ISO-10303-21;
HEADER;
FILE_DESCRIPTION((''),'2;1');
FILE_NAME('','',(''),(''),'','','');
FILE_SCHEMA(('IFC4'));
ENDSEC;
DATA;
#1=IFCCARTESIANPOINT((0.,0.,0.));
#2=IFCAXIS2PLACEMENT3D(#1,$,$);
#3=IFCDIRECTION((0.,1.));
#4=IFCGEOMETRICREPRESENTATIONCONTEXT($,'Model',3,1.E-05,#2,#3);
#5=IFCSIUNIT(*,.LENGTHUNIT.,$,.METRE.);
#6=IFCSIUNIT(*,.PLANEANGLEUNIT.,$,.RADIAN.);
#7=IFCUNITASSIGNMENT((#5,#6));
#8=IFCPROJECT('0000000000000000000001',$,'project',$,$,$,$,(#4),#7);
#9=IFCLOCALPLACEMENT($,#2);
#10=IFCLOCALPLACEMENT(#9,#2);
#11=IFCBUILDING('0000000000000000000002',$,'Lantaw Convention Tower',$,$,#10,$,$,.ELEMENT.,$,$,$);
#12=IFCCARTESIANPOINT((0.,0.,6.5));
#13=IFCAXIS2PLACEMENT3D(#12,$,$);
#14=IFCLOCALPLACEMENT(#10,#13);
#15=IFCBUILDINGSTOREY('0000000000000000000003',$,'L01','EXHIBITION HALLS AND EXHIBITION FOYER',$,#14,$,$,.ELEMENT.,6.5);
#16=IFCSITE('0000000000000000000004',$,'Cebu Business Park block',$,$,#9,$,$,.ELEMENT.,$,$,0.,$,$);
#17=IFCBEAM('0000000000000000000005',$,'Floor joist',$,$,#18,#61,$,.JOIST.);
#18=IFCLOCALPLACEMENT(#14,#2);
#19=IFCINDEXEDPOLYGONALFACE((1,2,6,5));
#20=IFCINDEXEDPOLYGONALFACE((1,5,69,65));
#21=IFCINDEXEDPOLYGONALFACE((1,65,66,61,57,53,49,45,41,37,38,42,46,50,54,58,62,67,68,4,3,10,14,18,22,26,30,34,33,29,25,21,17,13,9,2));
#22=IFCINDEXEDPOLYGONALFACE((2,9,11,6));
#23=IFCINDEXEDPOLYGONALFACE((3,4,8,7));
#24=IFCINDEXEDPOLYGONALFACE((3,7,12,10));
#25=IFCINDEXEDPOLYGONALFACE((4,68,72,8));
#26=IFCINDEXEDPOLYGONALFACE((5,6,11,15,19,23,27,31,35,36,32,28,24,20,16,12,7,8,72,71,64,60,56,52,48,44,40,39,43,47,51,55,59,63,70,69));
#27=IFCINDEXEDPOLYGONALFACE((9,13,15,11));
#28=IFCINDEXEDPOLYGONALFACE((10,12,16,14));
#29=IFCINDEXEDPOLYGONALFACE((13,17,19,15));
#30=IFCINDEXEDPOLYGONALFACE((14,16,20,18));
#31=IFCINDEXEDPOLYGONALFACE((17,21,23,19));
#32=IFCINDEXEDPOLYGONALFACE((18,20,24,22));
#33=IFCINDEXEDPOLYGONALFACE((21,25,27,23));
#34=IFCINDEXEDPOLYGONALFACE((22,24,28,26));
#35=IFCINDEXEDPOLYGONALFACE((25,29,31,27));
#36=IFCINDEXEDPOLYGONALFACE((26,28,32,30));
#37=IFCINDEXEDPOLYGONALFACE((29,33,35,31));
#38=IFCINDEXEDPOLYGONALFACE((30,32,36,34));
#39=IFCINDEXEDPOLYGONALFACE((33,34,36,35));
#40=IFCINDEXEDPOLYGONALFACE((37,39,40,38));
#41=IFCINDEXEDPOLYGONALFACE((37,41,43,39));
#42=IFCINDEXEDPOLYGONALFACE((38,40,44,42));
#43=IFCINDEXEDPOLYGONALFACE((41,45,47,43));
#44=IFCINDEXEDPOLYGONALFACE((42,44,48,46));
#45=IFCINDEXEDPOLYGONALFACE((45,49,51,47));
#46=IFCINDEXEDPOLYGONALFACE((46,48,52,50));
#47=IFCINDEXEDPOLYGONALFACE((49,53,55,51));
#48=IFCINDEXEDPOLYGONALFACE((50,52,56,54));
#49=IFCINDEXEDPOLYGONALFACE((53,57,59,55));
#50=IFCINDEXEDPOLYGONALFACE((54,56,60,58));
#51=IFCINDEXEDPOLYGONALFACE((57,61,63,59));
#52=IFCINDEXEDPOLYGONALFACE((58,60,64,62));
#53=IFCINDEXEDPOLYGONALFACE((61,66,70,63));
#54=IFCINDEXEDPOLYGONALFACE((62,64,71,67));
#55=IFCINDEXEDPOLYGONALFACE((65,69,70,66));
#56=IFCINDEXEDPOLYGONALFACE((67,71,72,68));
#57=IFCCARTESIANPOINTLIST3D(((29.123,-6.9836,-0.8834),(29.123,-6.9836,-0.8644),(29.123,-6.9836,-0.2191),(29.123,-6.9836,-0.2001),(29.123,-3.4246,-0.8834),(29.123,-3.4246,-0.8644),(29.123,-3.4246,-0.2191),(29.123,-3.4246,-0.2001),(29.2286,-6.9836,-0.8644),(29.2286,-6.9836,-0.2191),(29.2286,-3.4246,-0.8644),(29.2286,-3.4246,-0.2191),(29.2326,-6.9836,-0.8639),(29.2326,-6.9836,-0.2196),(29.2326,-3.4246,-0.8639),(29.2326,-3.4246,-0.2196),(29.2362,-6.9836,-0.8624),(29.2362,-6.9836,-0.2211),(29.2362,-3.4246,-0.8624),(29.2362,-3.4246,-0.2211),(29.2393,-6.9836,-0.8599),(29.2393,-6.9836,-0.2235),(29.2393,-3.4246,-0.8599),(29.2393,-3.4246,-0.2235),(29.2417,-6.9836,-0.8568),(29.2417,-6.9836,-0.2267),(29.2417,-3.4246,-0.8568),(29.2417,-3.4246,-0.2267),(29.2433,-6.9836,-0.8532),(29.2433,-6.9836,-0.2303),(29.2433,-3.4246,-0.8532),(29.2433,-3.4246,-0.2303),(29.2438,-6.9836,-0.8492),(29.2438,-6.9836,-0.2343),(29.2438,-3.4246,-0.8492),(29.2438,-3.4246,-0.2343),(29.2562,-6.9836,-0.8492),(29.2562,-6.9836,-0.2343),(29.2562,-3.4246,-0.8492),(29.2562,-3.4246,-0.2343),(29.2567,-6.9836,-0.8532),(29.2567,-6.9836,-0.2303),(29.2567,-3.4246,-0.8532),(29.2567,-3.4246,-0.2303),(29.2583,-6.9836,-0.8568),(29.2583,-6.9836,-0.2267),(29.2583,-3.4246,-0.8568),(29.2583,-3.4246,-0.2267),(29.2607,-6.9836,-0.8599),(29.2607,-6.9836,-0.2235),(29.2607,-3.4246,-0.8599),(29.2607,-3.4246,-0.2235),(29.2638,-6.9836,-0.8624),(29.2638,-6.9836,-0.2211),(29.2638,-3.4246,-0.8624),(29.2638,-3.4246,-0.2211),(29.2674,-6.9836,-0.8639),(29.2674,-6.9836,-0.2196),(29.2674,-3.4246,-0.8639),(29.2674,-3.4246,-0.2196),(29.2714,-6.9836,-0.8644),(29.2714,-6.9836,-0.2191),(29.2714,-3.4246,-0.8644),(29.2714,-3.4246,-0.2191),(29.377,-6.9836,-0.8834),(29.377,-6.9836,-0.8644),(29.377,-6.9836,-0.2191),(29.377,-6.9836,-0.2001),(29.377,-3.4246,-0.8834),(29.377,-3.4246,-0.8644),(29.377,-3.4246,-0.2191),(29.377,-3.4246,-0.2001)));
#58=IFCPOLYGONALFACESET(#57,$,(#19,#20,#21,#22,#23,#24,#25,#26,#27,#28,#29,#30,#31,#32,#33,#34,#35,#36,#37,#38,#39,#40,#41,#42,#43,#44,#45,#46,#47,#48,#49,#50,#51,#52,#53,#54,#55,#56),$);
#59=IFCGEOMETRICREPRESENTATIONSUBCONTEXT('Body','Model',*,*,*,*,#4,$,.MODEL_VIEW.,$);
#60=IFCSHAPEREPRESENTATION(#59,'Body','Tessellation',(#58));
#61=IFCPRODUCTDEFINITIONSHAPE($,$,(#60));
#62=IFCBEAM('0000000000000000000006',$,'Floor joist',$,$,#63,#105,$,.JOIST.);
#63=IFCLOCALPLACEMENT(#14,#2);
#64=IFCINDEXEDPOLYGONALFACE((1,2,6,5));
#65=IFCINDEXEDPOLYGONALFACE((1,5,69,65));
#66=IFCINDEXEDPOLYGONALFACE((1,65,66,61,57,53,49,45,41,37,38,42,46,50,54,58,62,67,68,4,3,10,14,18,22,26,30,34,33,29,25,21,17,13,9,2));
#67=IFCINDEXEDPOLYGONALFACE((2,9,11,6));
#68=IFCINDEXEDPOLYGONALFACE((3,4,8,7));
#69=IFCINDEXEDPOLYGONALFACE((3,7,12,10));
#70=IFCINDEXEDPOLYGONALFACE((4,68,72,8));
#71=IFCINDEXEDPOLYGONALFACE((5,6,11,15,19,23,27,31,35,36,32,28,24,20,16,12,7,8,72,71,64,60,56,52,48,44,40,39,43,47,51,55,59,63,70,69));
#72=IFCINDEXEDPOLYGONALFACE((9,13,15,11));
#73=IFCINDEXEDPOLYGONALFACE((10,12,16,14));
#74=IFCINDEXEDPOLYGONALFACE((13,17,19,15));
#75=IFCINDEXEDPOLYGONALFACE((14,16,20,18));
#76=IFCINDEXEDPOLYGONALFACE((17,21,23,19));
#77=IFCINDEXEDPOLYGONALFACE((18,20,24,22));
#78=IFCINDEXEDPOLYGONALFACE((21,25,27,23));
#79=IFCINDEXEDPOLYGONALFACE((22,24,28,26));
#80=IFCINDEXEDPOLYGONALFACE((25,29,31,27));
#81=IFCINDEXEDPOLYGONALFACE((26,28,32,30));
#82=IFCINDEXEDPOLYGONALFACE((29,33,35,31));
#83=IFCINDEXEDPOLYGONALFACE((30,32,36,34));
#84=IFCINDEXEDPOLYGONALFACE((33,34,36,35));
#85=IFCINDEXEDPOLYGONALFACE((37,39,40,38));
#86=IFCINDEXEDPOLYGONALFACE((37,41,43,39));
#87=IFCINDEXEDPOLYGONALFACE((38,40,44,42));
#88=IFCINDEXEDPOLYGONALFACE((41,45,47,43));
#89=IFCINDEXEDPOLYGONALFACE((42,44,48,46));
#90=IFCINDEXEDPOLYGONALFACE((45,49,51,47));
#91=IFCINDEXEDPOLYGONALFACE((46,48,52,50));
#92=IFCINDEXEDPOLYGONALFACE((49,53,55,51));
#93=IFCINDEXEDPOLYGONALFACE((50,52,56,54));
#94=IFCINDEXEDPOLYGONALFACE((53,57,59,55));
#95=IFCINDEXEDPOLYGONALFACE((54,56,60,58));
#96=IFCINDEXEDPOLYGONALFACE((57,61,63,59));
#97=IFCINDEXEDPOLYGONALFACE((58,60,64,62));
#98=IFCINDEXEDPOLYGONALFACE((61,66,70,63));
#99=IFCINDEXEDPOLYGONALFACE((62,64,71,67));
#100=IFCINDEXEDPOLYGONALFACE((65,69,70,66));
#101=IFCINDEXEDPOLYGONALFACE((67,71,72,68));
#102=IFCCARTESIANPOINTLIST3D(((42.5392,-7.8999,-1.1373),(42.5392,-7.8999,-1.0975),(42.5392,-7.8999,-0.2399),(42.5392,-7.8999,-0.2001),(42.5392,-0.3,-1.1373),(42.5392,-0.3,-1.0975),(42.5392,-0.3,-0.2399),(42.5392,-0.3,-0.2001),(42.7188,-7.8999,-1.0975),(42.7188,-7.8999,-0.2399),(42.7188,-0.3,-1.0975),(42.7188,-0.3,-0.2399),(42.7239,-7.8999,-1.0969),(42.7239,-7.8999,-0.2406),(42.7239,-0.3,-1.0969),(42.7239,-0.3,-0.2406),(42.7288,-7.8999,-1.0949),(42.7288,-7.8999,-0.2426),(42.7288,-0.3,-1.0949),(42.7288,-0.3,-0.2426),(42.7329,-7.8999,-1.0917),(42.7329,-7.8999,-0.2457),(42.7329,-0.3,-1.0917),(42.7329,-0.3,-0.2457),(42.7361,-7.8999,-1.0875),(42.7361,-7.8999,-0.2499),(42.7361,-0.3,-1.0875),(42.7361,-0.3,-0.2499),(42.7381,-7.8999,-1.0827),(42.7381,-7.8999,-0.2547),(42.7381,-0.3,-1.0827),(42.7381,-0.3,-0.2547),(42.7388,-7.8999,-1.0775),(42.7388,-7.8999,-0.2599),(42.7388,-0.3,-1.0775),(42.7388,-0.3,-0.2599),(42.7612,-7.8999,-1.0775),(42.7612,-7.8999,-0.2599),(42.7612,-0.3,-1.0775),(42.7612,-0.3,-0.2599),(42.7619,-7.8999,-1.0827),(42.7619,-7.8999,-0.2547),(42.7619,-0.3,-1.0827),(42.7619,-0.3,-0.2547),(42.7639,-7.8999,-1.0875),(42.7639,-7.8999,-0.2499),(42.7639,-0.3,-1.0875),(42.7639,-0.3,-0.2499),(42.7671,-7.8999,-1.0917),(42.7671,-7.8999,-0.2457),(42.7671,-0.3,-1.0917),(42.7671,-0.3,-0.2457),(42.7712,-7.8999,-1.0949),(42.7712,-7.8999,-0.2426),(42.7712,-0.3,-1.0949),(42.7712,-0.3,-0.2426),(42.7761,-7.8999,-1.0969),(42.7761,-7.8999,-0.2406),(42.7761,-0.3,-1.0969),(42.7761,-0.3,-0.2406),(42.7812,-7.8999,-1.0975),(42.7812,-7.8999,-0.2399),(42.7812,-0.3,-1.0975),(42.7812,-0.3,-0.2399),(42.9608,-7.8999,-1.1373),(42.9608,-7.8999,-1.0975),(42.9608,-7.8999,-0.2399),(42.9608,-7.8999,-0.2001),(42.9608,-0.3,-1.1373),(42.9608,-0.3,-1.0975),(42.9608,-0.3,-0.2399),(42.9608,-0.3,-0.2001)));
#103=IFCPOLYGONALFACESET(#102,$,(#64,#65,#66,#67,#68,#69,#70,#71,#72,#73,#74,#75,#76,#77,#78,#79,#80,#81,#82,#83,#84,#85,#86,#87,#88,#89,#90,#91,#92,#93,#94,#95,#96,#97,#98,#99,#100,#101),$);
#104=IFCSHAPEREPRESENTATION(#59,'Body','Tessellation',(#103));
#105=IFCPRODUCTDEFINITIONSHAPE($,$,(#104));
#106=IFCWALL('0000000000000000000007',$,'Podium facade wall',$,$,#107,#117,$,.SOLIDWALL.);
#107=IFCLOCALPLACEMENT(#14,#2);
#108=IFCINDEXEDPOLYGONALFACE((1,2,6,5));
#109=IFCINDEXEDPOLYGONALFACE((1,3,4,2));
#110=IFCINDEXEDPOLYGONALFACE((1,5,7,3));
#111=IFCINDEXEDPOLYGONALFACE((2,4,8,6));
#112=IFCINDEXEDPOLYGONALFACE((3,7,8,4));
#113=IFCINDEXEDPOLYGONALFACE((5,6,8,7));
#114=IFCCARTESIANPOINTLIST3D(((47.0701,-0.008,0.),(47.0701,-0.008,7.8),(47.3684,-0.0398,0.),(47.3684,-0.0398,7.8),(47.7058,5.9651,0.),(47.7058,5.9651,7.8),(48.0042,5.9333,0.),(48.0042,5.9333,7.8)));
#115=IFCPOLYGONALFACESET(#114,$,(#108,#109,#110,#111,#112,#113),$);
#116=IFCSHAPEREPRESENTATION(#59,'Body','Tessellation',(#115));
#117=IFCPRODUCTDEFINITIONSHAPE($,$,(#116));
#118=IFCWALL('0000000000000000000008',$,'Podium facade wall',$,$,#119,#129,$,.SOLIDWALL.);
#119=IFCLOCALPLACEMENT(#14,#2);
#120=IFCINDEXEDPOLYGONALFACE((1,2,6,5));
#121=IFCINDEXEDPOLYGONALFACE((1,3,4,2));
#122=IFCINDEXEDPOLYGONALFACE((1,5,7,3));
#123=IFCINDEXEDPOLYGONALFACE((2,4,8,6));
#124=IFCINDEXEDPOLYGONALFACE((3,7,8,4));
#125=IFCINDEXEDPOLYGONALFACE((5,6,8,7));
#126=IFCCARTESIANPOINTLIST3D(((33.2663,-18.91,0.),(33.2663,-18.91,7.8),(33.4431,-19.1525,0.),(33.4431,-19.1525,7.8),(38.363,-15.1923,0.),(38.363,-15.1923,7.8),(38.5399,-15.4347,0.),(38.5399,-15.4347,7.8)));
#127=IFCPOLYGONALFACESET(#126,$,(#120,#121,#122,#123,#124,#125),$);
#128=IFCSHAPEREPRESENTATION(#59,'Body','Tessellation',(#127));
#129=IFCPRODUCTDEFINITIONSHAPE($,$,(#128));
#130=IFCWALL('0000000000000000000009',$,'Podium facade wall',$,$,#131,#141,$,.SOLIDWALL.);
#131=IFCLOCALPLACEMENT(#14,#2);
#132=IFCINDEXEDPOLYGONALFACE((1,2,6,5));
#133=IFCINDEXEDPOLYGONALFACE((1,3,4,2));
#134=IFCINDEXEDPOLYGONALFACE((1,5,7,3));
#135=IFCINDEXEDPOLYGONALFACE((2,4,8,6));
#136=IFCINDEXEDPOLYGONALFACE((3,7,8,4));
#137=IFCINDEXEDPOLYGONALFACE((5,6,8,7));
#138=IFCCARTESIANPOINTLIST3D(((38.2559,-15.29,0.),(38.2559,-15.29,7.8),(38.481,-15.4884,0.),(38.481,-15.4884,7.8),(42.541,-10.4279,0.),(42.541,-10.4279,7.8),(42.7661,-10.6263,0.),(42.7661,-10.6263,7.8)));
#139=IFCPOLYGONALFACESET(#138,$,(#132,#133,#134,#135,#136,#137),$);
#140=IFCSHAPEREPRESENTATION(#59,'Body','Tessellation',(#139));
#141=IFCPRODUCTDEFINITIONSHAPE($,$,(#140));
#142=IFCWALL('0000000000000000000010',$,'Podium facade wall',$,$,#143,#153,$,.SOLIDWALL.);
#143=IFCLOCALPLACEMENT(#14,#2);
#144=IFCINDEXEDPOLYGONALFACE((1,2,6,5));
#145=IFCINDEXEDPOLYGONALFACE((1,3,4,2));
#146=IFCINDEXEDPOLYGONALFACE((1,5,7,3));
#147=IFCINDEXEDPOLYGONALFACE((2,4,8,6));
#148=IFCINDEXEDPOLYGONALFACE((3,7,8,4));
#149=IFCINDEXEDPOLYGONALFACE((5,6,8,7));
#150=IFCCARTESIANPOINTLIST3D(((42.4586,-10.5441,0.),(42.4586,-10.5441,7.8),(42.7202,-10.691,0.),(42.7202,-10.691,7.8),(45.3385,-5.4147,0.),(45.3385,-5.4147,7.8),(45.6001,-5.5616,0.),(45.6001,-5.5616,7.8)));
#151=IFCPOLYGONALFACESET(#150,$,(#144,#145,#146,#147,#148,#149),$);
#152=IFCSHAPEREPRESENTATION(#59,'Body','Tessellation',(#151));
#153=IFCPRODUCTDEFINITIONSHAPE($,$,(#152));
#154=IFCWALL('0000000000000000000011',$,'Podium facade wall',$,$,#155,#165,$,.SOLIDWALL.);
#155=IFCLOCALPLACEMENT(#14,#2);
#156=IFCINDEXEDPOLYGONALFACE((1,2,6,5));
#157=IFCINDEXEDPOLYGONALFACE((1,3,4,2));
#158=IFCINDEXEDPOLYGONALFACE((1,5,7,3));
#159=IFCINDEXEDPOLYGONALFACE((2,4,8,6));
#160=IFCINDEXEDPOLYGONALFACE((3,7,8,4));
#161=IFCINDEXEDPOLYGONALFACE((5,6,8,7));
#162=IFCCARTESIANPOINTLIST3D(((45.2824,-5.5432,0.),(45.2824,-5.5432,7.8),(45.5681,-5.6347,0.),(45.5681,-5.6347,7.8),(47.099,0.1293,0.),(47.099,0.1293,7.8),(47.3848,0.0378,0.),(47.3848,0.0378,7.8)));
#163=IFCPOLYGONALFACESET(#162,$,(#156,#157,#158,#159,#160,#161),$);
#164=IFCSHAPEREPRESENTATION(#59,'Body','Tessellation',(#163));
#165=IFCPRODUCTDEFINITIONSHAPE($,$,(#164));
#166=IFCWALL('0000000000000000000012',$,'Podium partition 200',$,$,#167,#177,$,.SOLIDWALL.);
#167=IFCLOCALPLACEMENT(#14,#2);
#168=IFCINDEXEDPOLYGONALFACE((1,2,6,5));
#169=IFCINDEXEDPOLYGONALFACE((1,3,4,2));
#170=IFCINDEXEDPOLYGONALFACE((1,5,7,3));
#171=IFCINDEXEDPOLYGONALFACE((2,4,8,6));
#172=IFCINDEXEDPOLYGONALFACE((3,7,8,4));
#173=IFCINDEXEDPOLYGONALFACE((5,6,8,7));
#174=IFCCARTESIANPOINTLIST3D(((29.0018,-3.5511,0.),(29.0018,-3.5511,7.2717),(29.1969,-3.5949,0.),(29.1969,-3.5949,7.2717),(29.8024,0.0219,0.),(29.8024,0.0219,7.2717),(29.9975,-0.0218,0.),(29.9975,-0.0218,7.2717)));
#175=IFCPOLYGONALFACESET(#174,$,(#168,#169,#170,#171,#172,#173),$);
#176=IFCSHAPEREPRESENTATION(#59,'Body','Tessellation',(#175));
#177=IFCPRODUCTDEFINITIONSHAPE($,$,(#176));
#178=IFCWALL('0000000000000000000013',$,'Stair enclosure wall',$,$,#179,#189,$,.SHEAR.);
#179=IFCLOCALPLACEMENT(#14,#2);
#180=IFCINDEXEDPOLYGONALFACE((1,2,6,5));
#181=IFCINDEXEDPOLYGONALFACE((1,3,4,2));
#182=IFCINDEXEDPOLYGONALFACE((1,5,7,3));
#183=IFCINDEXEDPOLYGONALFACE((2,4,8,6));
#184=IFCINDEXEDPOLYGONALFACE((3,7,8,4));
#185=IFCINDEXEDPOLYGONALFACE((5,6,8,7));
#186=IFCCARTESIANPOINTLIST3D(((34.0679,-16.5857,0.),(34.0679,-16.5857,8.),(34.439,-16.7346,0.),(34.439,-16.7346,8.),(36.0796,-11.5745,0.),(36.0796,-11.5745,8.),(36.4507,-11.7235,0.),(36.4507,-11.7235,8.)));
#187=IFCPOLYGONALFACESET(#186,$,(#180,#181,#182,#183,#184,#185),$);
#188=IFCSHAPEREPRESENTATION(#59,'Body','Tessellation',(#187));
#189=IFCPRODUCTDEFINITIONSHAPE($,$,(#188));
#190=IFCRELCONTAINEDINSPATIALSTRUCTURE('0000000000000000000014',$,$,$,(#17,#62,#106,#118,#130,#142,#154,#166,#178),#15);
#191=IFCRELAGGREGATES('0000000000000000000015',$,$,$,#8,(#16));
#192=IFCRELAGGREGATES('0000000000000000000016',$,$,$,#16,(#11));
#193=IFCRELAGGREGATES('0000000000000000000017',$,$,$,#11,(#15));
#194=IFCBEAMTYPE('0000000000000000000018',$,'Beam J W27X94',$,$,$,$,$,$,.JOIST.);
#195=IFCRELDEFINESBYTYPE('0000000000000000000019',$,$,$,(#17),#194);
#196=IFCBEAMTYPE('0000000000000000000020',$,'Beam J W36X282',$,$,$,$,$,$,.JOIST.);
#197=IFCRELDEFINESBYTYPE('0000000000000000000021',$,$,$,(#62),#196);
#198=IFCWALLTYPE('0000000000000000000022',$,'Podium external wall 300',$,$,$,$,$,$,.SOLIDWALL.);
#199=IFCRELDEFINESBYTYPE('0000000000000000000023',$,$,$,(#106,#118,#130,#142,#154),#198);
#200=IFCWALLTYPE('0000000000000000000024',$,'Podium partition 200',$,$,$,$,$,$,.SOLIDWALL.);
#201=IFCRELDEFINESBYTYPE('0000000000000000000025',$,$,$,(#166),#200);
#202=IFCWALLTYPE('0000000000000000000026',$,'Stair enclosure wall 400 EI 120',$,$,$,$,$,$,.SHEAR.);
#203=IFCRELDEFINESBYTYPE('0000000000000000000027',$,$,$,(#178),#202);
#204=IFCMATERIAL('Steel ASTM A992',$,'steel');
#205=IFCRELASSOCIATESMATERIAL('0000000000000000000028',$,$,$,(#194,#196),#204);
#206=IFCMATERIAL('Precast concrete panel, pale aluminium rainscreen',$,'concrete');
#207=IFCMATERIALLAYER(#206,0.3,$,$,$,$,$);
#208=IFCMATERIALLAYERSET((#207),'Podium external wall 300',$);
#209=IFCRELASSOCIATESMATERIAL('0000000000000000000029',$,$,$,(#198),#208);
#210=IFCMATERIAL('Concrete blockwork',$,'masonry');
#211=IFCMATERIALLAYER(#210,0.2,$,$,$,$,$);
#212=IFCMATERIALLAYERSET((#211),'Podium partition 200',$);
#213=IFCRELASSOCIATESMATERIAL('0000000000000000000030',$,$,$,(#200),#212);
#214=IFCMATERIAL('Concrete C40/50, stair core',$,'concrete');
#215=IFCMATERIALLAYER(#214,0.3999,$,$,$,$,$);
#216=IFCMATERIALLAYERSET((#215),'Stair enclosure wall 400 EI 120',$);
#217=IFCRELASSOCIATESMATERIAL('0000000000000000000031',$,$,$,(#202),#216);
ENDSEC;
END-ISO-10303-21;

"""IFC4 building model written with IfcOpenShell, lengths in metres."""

from ifc_helpers import new_model, si_unit, direction, frame, frame_2d, origin, origin_2d, place, context, subcontext, project, spatial, rectangle, i_section, extrude, material, layer, layer_set, material_profile, profile_set, type_object, element, save


model = new_model("IFC4")

# Units and contexts
model_context = context("Model", 3, precision=1e-05, world=origin(), true_north=direction((0.0, 1.0)))
body_context = subcontext(model_context, "Body", "Model", "MODEL_VIEW")
ifc_project = project(units=[si_unit("LENGTHUNIT", "METRE"), si_unit("PLANEANGLEUNIT", "RADIAN")], contexts=[model_context])

# Site, building, storey
site_placement = place(None, origin())
site = spatial("IfcSite", under=ifc_project, at=site_placement, Name="Cebu Business Park block", CompositionType="ELEMENT", RefElevation=0.0)
building_placement = place(site_placement, origin())
building = spatial("IfcBuilding", under=site, at=building_placement, Name="Lantaw Convention Tower", CompositionType="ELEMENT")
storey_placement = place(building_placement, frame((0.0, 0.0, 6.5)))
storey = spatial("IfcBuildingStorey", under=building, at=storey_placement, Name="L01", Description="EXHIBITION HALLS AND EXHIBITION FOYER", CompositionType="ELEMENT", Elevation=6.5)

# Beams
ifc_material_1 = material(Name="Steel ASTM A992", Category="steel")
ifc_material_profile_1 = material_profile(ifc_material_1, i_section(OverallWidth=0.2539, OverallDepth=0.6833, WebThickness=0.0125, FlangeThickness=0.019, FilletRadius=0.0151, at=origin_2d()), Name="W27X94")
ifc_profile_set_1 = profile_set([ifc_material_profile_1], Name="Steel ASTM A992")
beam_type_1 = type_object("IfcBeamType", Name="Beam J W27X94", PredefinedType="JOIST", material=ifc_profile_set_1)
beam_1_placement = place(storey_placement, frame((29.25, -6.9836, -0.5417), z_axis=(0.0, 1.0, 0.0), x_axis=(-1.0, 0.0, 0.0)))
element("IfcBeam", 1, at=beam_1_placement, inside=storey, type_object=beam_type_1, Name="Floor joist", PredefinedType="JOIST", context=body_context, shape_type="SweptSolid", body=[
    extrude(i_section(OverallWidth=0.2539, OverallDepth=0.6833, WebThickness=0.0125, FlangeThickness=0.019, FilletRadius=0.0151, at=origin_2d()), origin(), (0.0, 0.0, 1.0), 3.5591),
])
ifc_material_profile_2 = material_profile(ifc_material_1, i_section(OverallWidth=0.4216, OverallDepth=0.9373, WebThickness=0.0225, FlangeThickness=0.0398, FilletRadius=0.02, at=origin_2d()), Name="W36X282")
ifc_profile_set_2 = profile_set([ifc_material_profile_2], Name="Steel ASTM A992")
beam_type_2 = type_object("IfcBeamType", Name="Beam J W36X282", PredefinedType="JOIST", material=ifc_profile_set_2)
beam_2_placement = place(storey_placement, frame((42.75, -7.8999, -0.6687), z_axis=(0.0, 1.0, 0.0), x_axis=(-1.0, 0.0, 0.0)))
element("IfcBeam", 2, at=beam_2_placement, inside=storey, type_object=beam_type_2, Name="Floor joist", PredefinedType="JOIST", context=body_context, shape_type="SweptSolid", body=[
    extrude(i_section(OverallWidth=0.4216, OverallDepth=0.9373, WebThickness=0.0225, FlangeThickness=0.0398, FilletRadius=0.02, at=origin_2d()), origin(), (0.0, 0.0, 1.0), 7.5999),
])

# Walls
ifc_material_2 = material(Name="Precast concrete panel, pale aluminium rainscreen", Category="concrete")
ifc_layer_1 = layer(ifc_material_2, 0.3)
ifc_layer_set_1 = layer_set([ifc_layer_1], Name="Podium external wall 300")
wall_type_1 = type_object("IfcWallType", Name="Podium external wall 300", PredefinedType="SOLIDWALL", material=ifc_layer_set_1)
wall_1_placement = place(storey_placement, frame((47.2192, -0.0239, 0.0), z_axis=(0.0, 0.0, 1.0), x_axis=(0.105836, 0.994384, 0.0)))
element("IfcWall", 3, at=wall_1_placement, inside=storey, type_object=wall_type_1, Name="Podium facade wall", PredefinedType="SOLIDWALL", context=body_context, shape_type="SweptSolid", body=[
    extrude(rectangle(XDim=6.0068, YDim=0.3, at=frame_2d((3.0034, 0.0))), origin(), (0.0, 0.0, 1.0), 7.8),
])
wall_2_placement = place(storey_placement, frame((33.3547, -19.0312, 0.0), z_axis=(0.0, 0.0, 1.0), x_axis=(0.807899, 0.589322, 0.0)))
element("IfcWall", 4, at=wall_2_placement, inside=storey, type_object=wall_type_1, Name="Podium facade wall", PredefinedType="SOLIDWALL", context=body_context, shape_type="SweptSolid", body=[
    extrude(rectangle(XDim=6.3086, YDim=0.3, at=frame_2d((3.1543, 0.0))), origin(), (0.0, 0.0, 1.0), 7.8),
])
wall_3_placement = place(storey_placement, frame((38.3684, -15.3892, 0.0), z_axis=(0.0, 0.0, 1.0), x_axis=(0.661197, 0.750213, 0.0)))
element("IfcWall", 5, at=wall_3_placement, inside=storey, type_object=wall_type_1, Name="Podium facade wall", PredefinedType="SOLIDWALL", context=body_context, shape_type="SweptSolid", body=[
    extrude(rectangle(XDim=6.481, YDim=0.3, at=frame_2d((3.2405, 0.0))), origin(), (0.0, 0.0, 1.0), 7.8),
])
wall_4_placement = place(storey_placement, frame((42.5894, -10.6177, 0.0), z_axis=(0.0, 0.0, 1.0), x_axis=(0.489564, 0.871968, 0.0)))
element("IfcWall", 6, at=wall_4_placement, inside=storey, type_object=wall_type_1, Name="Podium facade wall", PredefinedType="SOLIDWALL", context=body_context, shape_type="SweptSolid", body=[
    extrude(rectangle(XDim=5.8826, YDim=0.3, at=frame_2d((2.9414, 0.0))), origin(), (0.0, 0.0, 1.0), 7.8),
])
wall_5_placement = place(storey_placement, frame((45.4253, -5.5889, 0.0), z_axis=(0.0, 0.0, 1.0), x_axis=(0.304991, 0.952355, 0.0)))
element("IfcWall", 7, at=wall_5_placement, inside=storey, type_object=wall_type_1, Name="Podium facade wall", PredefinedType="SOLIDWALL", context=body_context, shape_type="SweptSolid", body=[
    extrude(rectangle(XDim=5.9563, YDim=0.3, at=frame_2d((2.978, 0.0))), origin(), (0.0, 0.0, 1.0), 7.8),
])
ifc_material_3 = material(Name="Concrete blockwork", Category="masonry")
ifc_layer_2 = layer(ifc_material_3, 0.2)
ifc_layer_set_2 = layer_set([ifc_layer_2], Name="Podium partition 200")
wall_type_2 = type_object("IfcWallType", Name="Podium partition 200", PredefinedType="SOLIDWALL", material=ifc_layer_set_2)
wall_6_placement = place(storey_placement, frame((29.0994, -3.573, 0.0), z_axis=(0.0, 0.0, 1.0), x_axis=(0.218632, 0.975807, 0.0)))
element("IfcWall", 8, at=wall_6_placement, inside=storey, type_object=wall_type_2, Name="Podium partition 200", PredefinedType="SOLIDWALL", context=body_context, shape_type="SweptSolid", body=[
    extrude(rectangle(XDim=3.6616, YDim=0.2, at=frame_2d((1.8308, 0.0))), origin(), (0.0, 0.0, 1.0), 7.2717),
])
ifc_material_4 = material(Name="Concrete C40/50, stair core", Category="concrete")
ifc_layer_3 = layer(ifc_material_4, 0.3999)
ifc_layer_set_3 = layer_set([ifc_layer_3], Name="Stair enclosure wall 400 EI 120")
wall_type_3 = type_object("IfcWallType", Name="Stair enclosure wall 400 EI 120", PredefinedType="SHEAR", material=ifc_layer_set_3)
wall_7_placement = place(storey_placement, frame((34.2534, -16.6602, 0.0), z_axis=(0.0, 0.0, 1.0), x_axis=(0.372544, 0.928015, 0.0)))
element("IfcWall", 9, at=wall_7_placement, inside=storey, type_object=wall_type_3, Name="Stair enclosure wall", PredefinedType="SHEAR", context=body_context, shape_type="SweptSolid", body=[
    extrude(rectangle(XDim=5.3999, YDim=0.3999, at=frame_2d((2.7, 0.0))), origin(), (0.0, 0.0, 1.0), 8.0),
])

save(model, "model.ifc")
